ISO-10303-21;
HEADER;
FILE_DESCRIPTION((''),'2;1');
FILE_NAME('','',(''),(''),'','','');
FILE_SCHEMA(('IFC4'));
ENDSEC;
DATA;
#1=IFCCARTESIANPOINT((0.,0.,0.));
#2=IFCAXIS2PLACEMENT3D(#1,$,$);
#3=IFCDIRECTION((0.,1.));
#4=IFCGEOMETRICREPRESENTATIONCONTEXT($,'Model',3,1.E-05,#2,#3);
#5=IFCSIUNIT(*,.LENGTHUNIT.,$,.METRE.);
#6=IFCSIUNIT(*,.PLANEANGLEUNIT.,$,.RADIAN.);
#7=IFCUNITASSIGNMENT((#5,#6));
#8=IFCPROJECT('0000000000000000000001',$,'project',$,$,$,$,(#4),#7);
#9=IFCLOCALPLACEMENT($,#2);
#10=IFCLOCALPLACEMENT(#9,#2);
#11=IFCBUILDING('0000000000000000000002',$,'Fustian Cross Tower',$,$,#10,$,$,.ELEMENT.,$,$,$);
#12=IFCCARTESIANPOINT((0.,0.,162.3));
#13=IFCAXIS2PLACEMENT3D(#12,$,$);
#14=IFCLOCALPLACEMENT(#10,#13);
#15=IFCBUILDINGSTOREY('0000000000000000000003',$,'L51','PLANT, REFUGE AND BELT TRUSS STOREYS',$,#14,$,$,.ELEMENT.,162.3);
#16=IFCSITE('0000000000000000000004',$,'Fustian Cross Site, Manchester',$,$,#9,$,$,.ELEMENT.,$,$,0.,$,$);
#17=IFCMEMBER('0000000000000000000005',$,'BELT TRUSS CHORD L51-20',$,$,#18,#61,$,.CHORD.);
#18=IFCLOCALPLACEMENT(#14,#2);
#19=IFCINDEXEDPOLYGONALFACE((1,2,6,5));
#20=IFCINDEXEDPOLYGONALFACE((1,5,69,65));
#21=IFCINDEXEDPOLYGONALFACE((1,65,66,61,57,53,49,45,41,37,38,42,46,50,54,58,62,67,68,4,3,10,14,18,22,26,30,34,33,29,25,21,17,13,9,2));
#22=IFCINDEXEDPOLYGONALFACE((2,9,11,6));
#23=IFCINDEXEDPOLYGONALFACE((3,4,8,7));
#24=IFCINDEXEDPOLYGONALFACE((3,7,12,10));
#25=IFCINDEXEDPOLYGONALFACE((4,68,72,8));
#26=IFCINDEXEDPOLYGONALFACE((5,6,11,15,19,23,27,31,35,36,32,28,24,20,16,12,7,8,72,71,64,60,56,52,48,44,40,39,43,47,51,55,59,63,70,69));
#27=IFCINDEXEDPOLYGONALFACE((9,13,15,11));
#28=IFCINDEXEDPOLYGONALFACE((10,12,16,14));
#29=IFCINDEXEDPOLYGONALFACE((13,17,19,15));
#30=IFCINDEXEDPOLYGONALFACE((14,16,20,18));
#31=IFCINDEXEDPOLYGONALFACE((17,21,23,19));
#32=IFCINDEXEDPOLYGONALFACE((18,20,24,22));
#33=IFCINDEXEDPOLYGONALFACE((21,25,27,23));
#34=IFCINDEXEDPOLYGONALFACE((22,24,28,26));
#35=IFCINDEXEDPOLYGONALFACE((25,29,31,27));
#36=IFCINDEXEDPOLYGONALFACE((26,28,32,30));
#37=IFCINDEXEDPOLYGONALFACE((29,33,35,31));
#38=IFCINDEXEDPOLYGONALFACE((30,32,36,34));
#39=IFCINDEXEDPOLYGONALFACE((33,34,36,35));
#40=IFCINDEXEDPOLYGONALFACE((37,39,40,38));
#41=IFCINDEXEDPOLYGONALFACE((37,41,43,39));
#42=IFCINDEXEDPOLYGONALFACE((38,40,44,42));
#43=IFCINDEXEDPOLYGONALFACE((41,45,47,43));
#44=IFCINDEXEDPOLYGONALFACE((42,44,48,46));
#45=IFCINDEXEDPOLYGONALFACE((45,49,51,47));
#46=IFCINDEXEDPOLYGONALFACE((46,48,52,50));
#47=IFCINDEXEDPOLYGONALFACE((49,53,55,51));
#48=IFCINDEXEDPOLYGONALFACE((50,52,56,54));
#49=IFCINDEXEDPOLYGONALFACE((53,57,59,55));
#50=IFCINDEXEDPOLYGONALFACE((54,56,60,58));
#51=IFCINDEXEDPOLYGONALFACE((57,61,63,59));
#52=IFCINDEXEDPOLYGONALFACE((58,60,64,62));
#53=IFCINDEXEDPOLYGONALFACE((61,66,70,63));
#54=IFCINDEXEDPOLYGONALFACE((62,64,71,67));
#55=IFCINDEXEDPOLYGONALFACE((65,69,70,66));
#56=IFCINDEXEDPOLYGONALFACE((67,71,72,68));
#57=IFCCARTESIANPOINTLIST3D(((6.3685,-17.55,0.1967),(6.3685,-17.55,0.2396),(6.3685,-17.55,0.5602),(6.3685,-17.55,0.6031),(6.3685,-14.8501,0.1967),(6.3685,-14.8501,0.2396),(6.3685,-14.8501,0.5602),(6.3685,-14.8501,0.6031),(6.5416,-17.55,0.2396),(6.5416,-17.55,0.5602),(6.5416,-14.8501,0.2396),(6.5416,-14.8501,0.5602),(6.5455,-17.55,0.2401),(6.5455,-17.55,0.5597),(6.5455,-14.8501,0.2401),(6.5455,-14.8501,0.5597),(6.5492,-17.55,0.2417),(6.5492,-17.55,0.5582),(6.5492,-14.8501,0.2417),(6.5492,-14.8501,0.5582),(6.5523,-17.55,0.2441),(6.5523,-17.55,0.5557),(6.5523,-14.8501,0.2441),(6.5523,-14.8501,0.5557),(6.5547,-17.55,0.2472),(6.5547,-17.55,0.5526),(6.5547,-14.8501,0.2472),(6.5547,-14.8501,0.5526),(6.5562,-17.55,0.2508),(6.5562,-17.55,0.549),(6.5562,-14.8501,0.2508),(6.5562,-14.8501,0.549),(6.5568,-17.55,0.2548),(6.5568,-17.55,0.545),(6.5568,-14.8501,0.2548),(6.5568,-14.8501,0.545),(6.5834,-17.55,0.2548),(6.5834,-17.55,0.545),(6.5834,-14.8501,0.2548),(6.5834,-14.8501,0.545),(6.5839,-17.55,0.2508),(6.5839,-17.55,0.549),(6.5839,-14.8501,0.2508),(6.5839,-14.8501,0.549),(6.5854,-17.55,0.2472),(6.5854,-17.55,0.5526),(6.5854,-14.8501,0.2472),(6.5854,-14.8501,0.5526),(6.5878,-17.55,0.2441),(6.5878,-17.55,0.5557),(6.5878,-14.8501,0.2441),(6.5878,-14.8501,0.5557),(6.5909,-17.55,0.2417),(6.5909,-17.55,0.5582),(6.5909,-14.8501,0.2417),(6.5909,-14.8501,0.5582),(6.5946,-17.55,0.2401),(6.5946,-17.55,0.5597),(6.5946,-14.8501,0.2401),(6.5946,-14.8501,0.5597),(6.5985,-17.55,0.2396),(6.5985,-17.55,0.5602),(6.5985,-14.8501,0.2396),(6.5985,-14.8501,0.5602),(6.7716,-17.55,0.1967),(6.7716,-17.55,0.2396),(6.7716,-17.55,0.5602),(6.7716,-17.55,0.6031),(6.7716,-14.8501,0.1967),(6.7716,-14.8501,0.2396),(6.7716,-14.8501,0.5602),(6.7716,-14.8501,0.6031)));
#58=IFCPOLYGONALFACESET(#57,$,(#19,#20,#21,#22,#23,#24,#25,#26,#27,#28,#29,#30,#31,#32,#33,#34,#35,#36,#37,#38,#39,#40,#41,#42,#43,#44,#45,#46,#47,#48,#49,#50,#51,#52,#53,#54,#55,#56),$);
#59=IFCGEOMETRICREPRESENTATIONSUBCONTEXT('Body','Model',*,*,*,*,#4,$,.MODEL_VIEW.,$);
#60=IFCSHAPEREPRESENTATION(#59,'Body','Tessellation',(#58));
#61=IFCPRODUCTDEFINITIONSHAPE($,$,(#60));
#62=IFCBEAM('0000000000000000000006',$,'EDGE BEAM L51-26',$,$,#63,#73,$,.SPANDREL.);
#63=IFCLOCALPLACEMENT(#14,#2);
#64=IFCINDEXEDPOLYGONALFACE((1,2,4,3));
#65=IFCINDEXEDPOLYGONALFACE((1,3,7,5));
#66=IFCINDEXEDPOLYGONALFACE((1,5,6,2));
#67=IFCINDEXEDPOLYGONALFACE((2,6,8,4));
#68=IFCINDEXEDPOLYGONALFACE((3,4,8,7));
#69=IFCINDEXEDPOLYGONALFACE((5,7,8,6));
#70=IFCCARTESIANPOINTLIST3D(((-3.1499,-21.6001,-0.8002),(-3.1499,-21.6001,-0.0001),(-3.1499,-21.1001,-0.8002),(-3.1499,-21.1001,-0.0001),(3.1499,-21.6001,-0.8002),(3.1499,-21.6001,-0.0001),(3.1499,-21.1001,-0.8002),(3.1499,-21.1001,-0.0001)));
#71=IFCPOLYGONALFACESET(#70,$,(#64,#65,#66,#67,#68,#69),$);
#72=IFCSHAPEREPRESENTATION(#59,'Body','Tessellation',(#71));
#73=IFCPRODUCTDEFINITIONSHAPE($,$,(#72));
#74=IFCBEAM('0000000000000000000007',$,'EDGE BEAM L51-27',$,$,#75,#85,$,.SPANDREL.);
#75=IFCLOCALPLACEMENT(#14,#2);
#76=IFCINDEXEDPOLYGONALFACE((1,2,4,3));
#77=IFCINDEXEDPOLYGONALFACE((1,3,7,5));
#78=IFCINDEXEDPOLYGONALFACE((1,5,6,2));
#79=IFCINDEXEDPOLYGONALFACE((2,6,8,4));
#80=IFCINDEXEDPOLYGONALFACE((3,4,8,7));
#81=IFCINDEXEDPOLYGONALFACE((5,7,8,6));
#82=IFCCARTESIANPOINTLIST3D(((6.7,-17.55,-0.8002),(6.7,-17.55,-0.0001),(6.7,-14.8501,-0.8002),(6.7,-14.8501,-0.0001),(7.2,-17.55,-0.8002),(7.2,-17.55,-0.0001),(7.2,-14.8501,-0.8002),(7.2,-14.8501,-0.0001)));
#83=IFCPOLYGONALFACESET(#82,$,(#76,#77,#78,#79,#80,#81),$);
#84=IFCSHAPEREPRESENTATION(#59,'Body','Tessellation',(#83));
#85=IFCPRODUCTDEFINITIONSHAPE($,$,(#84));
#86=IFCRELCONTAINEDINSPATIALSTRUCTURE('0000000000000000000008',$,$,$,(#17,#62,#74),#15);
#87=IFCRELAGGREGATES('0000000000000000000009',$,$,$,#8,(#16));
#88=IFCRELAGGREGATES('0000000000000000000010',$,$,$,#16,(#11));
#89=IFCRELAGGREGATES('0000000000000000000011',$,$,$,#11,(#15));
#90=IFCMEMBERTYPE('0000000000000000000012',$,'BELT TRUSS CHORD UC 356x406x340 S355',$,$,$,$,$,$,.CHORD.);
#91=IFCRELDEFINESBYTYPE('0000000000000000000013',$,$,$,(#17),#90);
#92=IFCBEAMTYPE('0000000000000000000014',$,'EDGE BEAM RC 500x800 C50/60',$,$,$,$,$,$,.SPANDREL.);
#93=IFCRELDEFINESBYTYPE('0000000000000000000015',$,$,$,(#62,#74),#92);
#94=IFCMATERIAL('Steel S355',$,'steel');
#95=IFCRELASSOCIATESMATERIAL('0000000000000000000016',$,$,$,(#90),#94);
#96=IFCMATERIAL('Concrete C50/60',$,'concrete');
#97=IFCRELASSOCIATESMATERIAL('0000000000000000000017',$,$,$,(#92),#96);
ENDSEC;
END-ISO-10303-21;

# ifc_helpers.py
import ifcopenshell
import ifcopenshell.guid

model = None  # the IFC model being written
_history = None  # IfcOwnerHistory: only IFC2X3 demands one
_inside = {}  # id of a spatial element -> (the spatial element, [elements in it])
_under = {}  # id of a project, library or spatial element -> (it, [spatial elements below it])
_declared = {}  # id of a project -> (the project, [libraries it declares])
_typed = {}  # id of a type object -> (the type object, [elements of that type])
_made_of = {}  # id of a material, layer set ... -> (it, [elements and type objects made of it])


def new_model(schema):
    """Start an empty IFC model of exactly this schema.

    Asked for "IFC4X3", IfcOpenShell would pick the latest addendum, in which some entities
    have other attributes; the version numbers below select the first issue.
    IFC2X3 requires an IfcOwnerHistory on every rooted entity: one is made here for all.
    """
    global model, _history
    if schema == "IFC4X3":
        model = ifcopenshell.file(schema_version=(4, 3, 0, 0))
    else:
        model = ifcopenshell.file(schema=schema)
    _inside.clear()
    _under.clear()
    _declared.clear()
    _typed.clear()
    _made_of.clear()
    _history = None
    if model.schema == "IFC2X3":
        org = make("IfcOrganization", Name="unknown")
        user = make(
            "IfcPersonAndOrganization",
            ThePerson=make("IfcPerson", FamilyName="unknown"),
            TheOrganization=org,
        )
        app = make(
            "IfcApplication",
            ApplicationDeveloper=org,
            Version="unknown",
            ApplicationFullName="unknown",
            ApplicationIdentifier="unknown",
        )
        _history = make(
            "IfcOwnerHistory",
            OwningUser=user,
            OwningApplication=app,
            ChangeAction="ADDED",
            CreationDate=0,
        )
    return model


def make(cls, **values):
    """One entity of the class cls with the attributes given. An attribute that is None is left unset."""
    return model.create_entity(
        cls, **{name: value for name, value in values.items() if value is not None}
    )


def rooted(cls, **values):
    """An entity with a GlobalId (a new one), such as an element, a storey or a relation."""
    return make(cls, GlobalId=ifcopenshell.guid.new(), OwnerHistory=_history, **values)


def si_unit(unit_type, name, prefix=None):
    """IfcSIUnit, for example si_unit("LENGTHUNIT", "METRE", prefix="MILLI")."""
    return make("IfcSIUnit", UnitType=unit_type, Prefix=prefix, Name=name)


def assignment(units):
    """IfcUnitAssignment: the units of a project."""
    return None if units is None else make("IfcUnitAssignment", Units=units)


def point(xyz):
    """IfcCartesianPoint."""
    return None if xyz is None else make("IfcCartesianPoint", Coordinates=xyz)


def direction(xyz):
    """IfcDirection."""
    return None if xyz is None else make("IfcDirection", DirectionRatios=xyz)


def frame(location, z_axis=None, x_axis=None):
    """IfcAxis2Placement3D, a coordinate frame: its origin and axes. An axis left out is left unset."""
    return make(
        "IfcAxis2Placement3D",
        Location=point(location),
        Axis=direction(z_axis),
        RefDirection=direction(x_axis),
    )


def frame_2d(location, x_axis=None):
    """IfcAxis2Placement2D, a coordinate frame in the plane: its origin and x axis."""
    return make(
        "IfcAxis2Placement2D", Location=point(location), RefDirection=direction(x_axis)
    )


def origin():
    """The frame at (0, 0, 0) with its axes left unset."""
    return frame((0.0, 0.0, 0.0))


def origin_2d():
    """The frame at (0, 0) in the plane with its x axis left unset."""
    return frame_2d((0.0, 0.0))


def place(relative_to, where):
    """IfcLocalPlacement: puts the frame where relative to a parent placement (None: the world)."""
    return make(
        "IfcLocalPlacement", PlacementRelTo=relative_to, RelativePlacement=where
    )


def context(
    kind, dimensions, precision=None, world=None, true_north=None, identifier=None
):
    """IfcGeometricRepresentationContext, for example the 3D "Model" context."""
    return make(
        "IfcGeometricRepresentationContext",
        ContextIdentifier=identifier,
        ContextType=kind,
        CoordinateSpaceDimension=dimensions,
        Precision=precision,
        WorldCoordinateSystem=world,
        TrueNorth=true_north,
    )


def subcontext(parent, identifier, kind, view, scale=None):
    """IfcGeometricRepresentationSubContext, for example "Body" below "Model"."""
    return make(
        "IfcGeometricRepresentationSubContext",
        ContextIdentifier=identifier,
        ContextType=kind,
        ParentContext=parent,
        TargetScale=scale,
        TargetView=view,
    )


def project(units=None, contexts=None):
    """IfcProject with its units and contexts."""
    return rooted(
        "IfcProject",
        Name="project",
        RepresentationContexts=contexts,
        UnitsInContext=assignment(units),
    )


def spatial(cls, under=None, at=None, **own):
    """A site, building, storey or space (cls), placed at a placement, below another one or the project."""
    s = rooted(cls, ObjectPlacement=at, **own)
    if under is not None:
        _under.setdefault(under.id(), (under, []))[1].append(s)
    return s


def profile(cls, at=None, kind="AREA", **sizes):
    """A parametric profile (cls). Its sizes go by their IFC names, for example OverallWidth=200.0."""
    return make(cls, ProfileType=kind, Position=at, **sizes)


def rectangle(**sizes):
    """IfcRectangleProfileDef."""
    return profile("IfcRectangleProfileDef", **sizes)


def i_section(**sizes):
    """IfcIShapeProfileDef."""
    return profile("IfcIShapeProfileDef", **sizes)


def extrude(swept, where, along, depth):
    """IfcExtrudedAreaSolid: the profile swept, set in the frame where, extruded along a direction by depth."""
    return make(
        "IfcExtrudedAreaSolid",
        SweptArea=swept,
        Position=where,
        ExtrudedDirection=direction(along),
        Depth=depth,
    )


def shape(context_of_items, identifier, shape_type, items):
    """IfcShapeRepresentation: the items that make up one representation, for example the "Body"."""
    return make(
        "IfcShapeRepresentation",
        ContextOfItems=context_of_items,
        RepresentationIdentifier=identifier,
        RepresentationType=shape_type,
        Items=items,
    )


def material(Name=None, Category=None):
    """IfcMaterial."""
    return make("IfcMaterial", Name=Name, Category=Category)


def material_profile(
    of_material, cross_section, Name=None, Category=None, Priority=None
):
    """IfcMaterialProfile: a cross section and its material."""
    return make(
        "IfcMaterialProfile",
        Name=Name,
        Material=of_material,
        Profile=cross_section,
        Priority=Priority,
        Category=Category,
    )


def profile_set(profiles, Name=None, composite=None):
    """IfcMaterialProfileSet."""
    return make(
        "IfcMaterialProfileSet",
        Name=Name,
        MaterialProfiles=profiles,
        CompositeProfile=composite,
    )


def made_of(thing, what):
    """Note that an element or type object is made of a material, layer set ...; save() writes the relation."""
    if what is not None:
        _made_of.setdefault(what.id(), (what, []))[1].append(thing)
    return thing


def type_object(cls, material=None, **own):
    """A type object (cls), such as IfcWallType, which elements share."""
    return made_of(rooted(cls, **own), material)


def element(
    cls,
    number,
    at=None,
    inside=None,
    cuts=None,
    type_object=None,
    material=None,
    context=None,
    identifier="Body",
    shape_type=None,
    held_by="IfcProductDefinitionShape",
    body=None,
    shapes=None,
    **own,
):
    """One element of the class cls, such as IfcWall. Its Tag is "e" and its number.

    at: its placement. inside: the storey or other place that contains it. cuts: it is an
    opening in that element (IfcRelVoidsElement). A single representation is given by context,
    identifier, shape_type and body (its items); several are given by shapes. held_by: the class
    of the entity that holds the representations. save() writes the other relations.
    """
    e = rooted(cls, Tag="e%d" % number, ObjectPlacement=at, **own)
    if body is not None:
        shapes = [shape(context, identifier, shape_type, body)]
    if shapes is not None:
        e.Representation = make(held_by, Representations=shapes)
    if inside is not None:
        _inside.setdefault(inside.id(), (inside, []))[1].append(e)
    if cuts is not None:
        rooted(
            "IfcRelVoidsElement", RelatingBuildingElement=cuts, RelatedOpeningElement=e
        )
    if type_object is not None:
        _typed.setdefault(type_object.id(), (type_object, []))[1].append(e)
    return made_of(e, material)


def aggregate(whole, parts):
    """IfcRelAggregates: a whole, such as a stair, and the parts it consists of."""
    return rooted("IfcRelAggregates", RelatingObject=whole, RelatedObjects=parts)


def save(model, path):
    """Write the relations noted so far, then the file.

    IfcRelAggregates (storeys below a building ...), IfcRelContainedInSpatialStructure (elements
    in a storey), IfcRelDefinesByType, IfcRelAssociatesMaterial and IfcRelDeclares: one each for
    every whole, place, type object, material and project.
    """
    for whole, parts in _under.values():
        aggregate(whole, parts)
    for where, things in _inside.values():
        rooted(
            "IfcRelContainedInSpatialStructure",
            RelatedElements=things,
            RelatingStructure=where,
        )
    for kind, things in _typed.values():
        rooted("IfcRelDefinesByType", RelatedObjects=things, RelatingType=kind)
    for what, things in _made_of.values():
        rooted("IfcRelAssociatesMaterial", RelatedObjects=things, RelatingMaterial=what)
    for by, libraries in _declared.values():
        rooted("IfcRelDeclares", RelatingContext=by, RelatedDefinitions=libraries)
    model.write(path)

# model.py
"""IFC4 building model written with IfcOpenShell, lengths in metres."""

from ifc_helpers import new_model, si_unit, direction, frame, origin, origin_2d, place, context, subcontext, project, spatial, rectangle, i_section, extrude, material, material_profile, profile_set, type_object, element, save


model = new_model("IFC4")

# Units and contexts
model_context = context("Model", 3, precision=1e-05, world=origin(), true_north=direction((0.0, 1.0)))
body_context = subcontext(model_context, "Body", "Model", "MODEL_VIEW")
ifc_project = project(units=[si_unit("LENGTHUNIT", "METRE"), si_unit("PLANEANGLEUNIT", "RADIAN")], contexts=[model_context])

# Site, building, storey
site_placement = place(None, origin())
site = spatial("IfcSite", under=ifc_project, at=site_placement, Name="Fustian Cross Site, Manchester", CompositionType="ELEMENT", RefElevation=0.0)
building_placement = place(site_placement, origin())
building = spatial("IfcBuilding", under=site, at=building_placement, Name="Fustian Cross Tower", CompositionType="ELEMENT")
storey_placement = place(building_placement, frame((0.0, 0.0, 162.3)))
storey = spatial("IfcBuildingStorey", under=building, at=storey_placement, Name="L51", Description="PLANT, REFUGE AND BELT TRUSS STOREYS", CompositionType="ELEMENT", Elevation=162.3)

# Member
ifc_material_1 = material(Name="Steel S355", Category="steel")
ifc_material_profile_1 = material_profile(ifc_material_1, i_section(OverallWidth=0.4031, OverallDepth=0.4065, WebThickness=0.0266, FlangeThickness=0.043, FilletRadius=0.0151, at=origin_2d()), Name="UC 356x406x340")
ifc_profile_set_1 = profile_set([ifc_material_profile_1], Name="Steel S355")
member_type_1 = type_object("IfcMemberType", Name="BELT TRUSS CHORD UC 356x406x340 S355", PredefinedType="CHORD", material=ifc_profile_set_1)
for number, where, z_axis, x_axis, name in (
    (1, (6.5701, -17.55, 0.3999), (0.0, 1.0, 0.0), (-1.0, 0.0, 0.0), "BELT TRUSS CHORD L51-20"),
):
    element("IfcMember", number, at=place(storey_placement, frame(where, z_axis=z_axis, x_axis=x_axis)), inside=storey, type_object=member_type_1, Name=name, PredefinedType="CHORD", context=body_context, shape_type="SweptSolid", body=[
        extrude(i_section(OverallWidth=0.4031, OverallDepth=0.4065, WebThickness=0.0266, FlangeThickness=0.043, FilletRadius=0.0151, at=origin_2d()), origin(), (0.0, 0.0, 1.0), 2.7),
    ])

# Beams
ifc_material_2 = material(Name="Concrete C50/60", Category="concrete")
ifc_material_profile_2 = material_profile(ifc_material_2, rectangle(XDim=0.5, YDim=0.8, at=origin_2d()), Name="RC 500x800")
ifc_profile_set_2 = profile_set([ifc_material_profile_2], Name="Concrete C50/60")
beam_type = type_object("IfcBeamType", Name="EDGE BEAM RC 500x800 C50/60", PredefinedType="SPANDREL", material=ifc_profile_set_2)
beam_1_placement = place(storey_placement, frame((-3.1499, -21.3501, -0.4001), z_axis=(1.0, 0.0, 0.0), x_axis=(0.0, 1.0, 0.0)))
element("IfcBeam", 2, at=beam_1_placement, inside=storey, type_object=beam_type, Name="EDGE BEAM L51-26", PredefinedType="SPANDREL", context=body_context, shape_type="SweptSolid", body=[
    extrude(rectangle(XDim=0.5, YDim=0.8, at=origin_2d()), origin(), (0.0, 0.0, 1.0), 6.2998),
])
beam_2_placement = place(storey_placement, frame((6.95, -17.55, -0.4001), z_axis=(0.0, 1.0, 0.0), x_axis=(-1.0, 0.0, 0.0)))
element("IfcBeam", 3, at=beam_2_placement, inside=storey, type_object=beam_type, Name="EDGE BEAM L51-27", PredefinedType="SPANDREL", context=body_context, shape_type="SweptSolid", body=[
    extrude(rectangle(XDim=0.5, YDim=0.8, at=origin_2d()), origin(), (0.0, 0.0, 1.0), 2.7),
])

save(model, "model.ifc")
